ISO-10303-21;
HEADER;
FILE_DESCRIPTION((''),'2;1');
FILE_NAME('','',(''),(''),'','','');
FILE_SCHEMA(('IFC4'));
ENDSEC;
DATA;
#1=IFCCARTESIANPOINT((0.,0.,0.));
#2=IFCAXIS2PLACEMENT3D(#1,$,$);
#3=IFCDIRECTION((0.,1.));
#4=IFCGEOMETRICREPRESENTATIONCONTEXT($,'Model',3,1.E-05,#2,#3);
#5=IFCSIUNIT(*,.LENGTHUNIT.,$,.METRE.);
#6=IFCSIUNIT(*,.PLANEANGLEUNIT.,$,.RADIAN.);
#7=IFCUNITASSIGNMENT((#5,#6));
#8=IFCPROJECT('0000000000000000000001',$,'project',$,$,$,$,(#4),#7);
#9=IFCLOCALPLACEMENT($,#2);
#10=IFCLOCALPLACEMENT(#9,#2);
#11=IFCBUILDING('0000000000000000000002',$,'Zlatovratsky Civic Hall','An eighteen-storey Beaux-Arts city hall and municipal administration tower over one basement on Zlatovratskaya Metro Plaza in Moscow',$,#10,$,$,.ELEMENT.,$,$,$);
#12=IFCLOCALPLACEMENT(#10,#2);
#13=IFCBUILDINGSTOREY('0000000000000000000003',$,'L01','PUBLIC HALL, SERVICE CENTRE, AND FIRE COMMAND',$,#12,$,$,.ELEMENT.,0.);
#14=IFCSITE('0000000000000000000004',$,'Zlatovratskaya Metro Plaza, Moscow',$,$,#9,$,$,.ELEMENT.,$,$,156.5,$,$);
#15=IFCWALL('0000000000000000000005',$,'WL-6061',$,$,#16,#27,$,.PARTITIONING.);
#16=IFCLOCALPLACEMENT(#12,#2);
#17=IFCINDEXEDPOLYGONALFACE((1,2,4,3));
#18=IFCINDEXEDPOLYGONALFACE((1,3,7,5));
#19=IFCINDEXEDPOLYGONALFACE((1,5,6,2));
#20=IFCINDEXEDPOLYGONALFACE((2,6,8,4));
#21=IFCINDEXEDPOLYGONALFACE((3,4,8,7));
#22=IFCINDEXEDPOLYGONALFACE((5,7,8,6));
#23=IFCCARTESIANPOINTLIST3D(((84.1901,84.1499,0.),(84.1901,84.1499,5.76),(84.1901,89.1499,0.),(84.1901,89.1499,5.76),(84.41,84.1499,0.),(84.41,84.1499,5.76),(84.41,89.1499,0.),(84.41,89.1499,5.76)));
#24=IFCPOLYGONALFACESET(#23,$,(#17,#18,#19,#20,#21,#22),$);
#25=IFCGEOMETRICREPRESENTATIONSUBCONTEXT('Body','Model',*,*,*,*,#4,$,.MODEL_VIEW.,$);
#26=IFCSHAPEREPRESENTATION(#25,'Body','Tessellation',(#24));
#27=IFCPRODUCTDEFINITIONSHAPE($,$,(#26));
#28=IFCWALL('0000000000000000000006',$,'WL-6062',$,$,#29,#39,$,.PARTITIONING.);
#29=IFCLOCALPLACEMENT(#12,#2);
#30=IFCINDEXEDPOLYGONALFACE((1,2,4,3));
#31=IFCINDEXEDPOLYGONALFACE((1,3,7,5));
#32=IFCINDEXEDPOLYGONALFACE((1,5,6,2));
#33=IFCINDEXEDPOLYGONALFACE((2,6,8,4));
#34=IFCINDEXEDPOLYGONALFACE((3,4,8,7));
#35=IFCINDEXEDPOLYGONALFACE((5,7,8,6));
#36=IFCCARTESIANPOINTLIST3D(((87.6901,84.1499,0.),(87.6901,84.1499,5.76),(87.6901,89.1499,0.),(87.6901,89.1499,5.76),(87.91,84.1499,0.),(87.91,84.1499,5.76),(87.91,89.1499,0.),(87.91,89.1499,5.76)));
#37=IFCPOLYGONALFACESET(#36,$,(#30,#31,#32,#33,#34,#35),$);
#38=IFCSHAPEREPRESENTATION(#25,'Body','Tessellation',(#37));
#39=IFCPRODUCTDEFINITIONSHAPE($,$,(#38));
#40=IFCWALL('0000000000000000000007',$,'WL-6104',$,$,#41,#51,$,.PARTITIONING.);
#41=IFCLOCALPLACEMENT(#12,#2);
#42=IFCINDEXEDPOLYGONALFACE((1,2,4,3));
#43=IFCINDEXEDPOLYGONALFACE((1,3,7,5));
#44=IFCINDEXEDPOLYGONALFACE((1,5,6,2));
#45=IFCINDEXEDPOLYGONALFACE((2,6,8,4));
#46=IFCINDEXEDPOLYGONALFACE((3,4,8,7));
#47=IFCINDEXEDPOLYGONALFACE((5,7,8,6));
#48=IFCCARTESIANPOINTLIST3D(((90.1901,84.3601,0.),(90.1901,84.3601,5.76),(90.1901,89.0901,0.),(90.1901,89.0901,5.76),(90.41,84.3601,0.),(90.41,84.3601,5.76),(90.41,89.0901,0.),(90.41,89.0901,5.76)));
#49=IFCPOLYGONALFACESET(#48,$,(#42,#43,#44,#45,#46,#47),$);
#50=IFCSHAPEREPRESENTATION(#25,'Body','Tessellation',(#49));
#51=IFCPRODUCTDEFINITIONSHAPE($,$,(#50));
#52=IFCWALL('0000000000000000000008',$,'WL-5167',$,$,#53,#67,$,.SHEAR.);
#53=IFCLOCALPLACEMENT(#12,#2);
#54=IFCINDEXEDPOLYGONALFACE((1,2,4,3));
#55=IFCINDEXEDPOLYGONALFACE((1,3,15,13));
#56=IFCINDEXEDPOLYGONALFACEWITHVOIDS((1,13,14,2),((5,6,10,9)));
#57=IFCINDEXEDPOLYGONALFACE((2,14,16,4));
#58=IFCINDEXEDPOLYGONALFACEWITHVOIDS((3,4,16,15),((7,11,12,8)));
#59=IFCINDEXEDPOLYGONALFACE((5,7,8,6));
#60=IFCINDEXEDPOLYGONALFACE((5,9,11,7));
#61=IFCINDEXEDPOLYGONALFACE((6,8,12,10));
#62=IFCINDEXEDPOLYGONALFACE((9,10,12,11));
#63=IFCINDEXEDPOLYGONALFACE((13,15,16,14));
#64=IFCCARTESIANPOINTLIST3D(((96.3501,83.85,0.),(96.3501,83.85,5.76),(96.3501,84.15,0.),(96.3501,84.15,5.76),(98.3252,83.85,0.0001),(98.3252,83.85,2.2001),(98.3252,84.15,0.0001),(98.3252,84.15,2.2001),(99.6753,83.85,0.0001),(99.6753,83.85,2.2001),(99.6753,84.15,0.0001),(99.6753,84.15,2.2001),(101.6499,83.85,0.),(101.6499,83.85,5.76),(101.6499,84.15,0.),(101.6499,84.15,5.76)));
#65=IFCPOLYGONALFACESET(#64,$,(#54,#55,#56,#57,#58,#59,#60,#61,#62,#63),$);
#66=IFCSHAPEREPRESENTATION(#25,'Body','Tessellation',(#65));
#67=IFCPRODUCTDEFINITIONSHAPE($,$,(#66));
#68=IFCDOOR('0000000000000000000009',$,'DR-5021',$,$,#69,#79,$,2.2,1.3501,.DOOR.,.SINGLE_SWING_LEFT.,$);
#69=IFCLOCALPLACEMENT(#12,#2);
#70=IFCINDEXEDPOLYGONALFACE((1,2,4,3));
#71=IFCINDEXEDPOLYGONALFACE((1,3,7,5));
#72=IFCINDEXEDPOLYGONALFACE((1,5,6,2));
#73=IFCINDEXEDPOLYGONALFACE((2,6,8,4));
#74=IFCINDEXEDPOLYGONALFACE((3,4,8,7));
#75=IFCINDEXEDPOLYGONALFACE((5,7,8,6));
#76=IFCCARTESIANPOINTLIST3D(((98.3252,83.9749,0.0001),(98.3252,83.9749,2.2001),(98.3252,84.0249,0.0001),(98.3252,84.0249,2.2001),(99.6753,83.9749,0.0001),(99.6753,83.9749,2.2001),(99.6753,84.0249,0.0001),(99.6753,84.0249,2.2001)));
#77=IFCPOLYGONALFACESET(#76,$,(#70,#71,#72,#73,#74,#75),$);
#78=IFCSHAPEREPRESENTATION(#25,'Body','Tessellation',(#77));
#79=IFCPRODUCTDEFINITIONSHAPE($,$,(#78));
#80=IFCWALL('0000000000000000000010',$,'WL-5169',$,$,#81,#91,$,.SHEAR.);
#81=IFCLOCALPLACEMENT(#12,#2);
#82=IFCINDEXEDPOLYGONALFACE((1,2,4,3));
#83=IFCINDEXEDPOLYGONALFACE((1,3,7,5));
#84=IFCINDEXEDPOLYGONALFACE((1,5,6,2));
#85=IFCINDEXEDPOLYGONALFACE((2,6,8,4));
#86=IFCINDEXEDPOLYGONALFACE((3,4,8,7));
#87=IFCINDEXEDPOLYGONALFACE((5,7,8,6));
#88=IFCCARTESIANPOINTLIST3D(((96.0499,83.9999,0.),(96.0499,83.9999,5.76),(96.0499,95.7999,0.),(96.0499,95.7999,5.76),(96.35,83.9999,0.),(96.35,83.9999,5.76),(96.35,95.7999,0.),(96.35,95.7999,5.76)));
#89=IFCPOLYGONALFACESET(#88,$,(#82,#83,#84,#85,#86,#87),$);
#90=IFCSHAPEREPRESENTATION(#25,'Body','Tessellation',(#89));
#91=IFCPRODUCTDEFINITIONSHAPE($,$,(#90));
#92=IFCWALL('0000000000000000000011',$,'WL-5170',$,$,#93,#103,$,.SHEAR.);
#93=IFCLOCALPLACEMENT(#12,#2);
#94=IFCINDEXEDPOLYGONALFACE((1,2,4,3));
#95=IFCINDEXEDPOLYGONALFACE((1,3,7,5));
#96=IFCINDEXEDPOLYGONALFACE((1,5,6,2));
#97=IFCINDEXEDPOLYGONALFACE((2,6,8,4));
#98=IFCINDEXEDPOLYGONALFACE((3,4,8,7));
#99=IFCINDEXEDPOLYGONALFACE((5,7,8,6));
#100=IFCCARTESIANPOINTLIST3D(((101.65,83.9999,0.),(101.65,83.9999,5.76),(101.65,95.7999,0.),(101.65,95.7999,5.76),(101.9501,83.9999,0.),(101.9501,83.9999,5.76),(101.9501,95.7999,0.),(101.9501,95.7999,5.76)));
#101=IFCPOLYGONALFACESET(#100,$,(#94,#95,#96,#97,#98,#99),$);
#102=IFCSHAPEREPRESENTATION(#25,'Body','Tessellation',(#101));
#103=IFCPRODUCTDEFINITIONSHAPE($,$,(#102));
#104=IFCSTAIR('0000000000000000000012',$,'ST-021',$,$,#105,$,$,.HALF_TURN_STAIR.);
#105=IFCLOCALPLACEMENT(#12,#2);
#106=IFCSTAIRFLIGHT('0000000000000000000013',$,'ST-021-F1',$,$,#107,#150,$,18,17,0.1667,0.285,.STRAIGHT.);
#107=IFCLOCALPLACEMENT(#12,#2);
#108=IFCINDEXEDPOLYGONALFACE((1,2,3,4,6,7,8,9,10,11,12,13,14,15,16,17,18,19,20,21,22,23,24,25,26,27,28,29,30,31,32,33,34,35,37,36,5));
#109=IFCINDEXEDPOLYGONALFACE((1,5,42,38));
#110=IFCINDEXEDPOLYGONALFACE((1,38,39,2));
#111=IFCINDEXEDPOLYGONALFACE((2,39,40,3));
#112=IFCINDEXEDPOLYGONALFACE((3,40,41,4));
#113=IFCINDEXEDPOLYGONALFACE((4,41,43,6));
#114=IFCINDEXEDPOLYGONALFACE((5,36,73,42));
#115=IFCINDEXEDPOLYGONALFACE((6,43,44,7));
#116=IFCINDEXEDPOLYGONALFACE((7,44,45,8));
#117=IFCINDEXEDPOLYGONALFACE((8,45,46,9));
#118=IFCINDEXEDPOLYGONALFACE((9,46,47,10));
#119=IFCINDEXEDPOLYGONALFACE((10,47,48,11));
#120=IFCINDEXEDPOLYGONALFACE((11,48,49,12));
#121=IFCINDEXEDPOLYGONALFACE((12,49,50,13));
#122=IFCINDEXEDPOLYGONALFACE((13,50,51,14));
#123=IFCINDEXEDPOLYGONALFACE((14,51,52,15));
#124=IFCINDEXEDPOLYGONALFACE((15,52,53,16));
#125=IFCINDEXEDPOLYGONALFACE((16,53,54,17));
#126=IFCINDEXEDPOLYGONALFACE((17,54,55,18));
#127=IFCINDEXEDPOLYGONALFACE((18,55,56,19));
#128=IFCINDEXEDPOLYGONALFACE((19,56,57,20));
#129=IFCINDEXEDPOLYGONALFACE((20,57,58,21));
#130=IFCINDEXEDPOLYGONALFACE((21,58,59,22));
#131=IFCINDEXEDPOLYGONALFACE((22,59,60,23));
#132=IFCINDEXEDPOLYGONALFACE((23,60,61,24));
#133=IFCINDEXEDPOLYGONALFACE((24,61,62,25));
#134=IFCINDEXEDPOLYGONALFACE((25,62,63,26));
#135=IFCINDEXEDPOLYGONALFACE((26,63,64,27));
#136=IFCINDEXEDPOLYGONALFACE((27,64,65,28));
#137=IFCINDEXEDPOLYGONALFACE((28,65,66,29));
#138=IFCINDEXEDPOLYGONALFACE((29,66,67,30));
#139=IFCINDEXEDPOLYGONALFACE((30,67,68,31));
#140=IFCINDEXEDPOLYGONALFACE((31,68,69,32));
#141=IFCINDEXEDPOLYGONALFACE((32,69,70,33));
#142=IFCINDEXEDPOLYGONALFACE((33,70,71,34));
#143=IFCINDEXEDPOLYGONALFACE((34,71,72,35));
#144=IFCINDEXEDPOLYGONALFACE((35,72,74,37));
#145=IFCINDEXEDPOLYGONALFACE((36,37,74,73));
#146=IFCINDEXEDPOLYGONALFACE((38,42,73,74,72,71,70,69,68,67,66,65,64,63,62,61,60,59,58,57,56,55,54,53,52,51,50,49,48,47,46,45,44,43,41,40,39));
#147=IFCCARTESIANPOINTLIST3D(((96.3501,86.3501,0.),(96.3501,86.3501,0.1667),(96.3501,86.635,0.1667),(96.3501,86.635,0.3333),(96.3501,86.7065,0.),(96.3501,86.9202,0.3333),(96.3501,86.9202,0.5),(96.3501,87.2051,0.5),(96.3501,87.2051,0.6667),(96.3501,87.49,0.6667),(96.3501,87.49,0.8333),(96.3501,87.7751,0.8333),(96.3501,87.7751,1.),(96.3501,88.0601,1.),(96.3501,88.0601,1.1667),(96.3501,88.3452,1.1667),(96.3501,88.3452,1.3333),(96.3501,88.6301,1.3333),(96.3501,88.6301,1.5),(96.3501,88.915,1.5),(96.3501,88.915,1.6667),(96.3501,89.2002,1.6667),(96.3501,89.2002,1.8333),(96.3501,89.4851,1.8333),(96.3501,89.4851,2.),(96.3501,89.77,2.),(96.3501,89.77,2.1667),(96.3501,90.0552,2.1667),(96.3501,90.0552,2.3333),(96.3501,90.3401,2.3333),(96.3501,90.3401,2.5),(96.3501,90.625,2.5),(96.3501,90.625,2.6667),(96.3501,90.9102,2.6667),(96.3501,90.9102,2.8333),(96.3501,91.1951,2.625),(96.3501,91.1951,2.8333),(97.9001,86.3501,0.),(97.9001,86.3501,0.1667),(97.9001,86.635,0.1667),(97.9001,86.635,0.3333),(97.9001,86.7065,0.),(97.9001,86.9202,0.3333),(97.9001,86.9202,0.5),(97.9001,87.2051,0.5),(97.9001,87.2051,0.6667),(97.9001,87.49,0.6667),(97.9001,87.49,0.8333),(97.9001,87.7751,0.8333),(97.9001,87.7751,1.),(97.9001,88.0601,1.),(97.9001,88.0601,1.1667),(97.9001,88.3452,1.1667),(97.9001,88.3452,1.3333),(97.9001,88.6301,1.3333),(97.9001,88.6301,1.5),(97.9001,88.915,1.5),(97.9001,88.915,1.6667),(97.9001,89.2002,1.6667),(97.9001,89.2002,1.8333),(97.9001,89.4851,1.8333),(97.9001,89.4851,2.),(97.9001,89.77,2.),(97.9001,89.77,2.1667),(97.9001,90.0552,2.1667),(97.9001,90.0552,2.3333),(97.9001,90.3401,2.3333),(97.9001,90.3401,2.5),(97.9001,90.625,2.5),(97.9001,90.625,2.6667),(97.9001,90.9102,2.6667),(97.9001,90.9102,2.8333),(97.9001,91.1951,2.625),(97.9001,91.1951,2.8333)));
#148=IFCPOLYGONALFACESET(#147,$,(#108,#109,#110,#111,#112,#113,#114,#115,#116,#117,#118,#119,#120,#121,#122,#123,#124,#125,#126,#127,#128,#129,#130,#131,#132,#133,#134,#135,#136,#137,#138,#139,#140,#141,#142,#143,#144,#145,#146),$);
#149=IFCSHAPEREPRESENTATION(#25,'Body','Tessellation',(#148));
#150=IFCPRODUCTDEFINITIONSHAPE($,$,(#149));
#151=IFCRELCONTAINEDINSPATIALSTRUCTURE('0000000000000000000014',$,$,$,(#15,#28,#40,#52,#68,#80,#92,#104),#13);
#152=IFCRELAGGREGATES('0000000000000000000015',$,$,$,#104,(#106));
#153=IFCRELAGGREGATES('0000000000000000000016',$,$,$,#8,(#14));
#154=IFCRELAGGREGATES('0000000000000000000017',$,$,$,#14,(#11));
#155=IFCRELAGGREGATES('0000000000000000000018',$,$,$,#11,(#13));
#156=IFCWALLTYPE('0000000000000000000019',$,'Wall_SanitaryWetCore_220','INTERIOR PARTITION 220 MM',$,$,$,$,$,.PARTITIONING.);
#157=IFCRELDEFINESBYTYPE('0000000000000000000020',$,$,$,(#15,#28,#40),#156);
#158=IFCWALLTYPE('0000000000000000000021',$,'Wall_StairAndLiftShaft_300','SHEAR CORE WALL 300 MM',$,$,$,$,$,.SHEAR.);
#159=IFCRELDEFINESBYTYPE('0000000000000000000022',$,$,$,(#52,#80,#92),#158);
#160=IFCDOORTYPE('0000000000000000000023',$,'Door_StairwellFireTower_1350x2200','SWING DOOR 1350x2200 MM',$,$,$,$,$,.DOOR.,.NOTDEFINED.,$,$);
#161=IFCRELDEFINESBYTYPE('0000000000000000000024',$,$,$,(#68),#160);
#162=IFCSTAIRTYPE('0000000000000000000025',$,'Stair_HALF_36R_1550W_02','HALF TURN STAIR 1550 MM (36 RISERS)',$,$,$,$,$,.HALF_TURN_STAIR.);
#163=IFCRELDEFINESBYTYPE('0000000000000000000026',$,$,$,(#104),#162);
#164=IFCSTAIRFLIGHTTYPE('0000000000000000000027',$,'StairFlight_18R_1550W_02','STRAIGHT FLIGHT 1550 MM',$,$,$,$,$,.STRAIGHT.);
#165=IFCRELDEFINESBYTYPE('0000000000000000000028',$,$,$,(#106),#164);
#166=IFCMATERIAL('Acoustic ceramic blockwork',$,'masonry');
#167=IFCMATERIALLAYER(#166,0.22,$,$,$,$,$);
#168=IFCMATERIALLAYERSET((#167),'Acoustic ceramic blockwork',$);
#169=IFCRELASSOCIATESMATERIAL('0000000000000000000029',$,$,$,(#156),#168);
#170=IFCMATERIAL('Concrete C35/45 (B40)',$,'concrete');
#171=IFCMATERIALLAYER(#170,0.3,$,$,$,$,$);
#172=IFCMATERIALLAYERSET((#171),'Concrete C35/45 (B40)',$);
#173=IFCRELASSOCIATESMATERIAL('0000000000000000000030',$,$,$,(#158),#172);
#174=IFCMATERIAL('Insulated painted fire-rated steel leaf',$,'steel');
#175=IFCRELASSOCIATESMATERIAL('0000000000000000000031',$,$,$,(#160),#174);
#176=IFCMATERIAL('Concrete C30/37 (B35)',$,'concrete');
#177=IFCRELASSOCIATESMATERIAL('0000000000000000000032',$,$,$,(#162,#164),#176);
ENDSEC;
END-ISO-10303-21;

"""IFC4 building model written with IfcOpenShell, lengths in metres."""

from ifc_helpers import new_model, si_unit, direction, frame, frame_2d, origin, place, context, subcontext, project, spatial, polyline, rectangle, outline, extrude, material, layer, layer_set, type_object, element, fill, aggregate, save


model = new_model("IFC4")

# Units and contexts
model_context = context("Model", 3, precision=1e-05, world=origin(), true_north=direction((0.0, 1.0)))
body_context = subcontext(model_context, "Body", "Model", "MODEL_VIEW")
ifc_project = project(units=[si_unit("LENGTHUNIT", "METRE"), si_unit("PLANEANGLEUNIT", "RADIAN")], contexts=[model_context])

# Site, building, storey
site_placement = place(None, origin())
site = spatial("IfcSite", under=ifc_project, at=site_placement, Name="Zlatovratskaya Metro Plaza, Moscow", CompositionType="ELEMENT", RefElevation=156.5)
building_placement = place(site_placement, origin())
building = spatial("IfcBuilding", under=site, at=building_placement, Name="Zlatovratsky Civic Hall", Description="An eighteen-storey Beaux-Arts city hall and municipal administration tower over one basement on Zlatovratskaya Metro Plaza in Moscow", CompositionType="ELEMENT")
storey_placement = place(building_placement, origin())
storey = spatial("IfcBuildingStorey", under=building, at=storey_placement, Name="L01", Description="PUBLIC HALL, SERVICE CENTRE, AND FIRE COMMAND", CompositionType="ELEMENT", Elevation=0.0)

# Shared definitions
ifc_material_1 = material(Name="Concrete C35/45 (B40)", Category="concrete")

# Shared definitions
ifc_material_2 = material(Name="Acoustic ceramic blockwork", Category="masonry")
ifc_layer_1 = layer(ifc_material_2, 0.22)
ifc_layer_set_1 = layer_set([ifc_layer_1], Name="Acoustic ceramic blockwork")
wall_type_1 = type_object("IfcWallType", Name="Wall_SanitaryWetCore_220", Description="INTERIOR PARTITION 220 MM", PredefinedType="PARTITIONING", material=ifc_layer_set_1)

# Walls
for number, where, z_axis, x_axis, name in (
    (1, (84.3, 84.1499, 0.0), (0.0, 0.0, 1.0), (0.0, 1.0, 0.0), "WL-6061"),
    (2, (87.8, 84.1499, 0.0), (0.0, 0.0, 1.0), (0.0, 1.0, 0.0), "WL-6062"),
):
    element("IfcWall", number, at=place(storey_placement, frame(where, z_axis=z_axis, x_axis=x_axis)), inside=storey, type_object=wall_type_1, Name=name, PredefinedType="PARTITIONING", context=body_context, shape_type="SweptSolid", body=[
        extrude(rectangle(XDim=5.0, YDim=0.22, at=frame_2d((2.5, 0.0))), origin(), (0.0, 0.0, 1.0), 5.76),
    ])

# Shared definitions
ifc_material_3 = material(Name="Insulated painted fire-rated steel leaf", Category="steel")

# Wall
wall_1_placement = place(storey_placement, frame((90.3, 84.3601, 0.0), z_axis=(0.0, 0.0, 1.0), x_axis=(0.0, 1.0, 0.0)))
element("IfcWall", 3, at=wall_1_placement, inside=storey, type_object=wall_type_1, Name="WL-6104", PredefinedType="PARTITIONING", context=body_context, shape_type="SweptSolid", body=[
    extrude(rectangle(XDim=4.73, YDim=0.22, at=frame_2d((2.365, 0.0))), origin(), (0.0, 0.0, 1.0), 5.76),
])

# Wall, opening, door
ifc_layer_2 = layer(ifc_material_1, 0.3)
ifc_layer_set_2 = layer_set([ifc_layer_2], Name="Concrete C35/45 (B40)")
wall_type_2 = type_object("IfcWallType", Name="Wall_StairAndLiftShaft_300", Description="SHEAR CORE WALL 300 MM", PredefinedType="SHEAR", material=ifc_layer_set_2)
wall_2_placement = place(storey_placement, frame((96.3501, 84.0, 0.0), z_axis=(0.0, 0.0, 1.0), x_axis=(1.0, 0.0, 0.0)))
wall_2 = element("IfcWall", 4, at=wall_2_placement, inside=storey, type_object=wall_type_2, Name="WL-5167", PredefinedType="SHEAR", context=body_context, shape_type="SweptSolid", body=[
    extrude(rectangle(XDim=5.2998, YDim=0.3, at=frame_2d((2.6499, 0.0))), origin(), (0.0, 0.0, 1.0), 5.76),
])
opening_1_placement = place(wall_2_placement, frame((1.9751, 0.0, 0.0)))
opening_1 = element("IfcOpeningElement", 5, at=opening_1_placement, cuts=wall_2, PredefinedType="OPENING", context=body_context, shape_type="SweptSolid", body=[
    extrude(rectangle(XDim=1.3501, YDim=2.2, at=frame_2d((0.675, 1.1001))), frame((0.0, 0.165, 0.0), z_axis=(0.0, -1.0, 0.0), x_axis=(1.0, 0.0, 0.0)), (0.0, 0.0, 1.0), 0.3298),
])
door_type_1 = type_object("IfcDoorType", Name="Door_StairwellFireTower_1350x2200", Description="SWING DOOR 1350x2200 MM", OperationType="NOTDEFINED", PredefinedType="DOOR", material=ifc_material_3)
door_1_placement = place(opening_1_placement, origin())
door_1 = element("IfcDoor", 6, at=door_1_placement, inside=storey, type_object=door_type_1, Name="DR-5021", OperationType="SINGLE_SWING_LEFT", OverallHeight=2.2, OverallWidth=1.3501, PredefinedType="DOOR", context=body_context, shape_type="SweptSolid", body=[
    extrude(rectangle(XDim=1.3501, YDim=2.2, at=frame_2d((0.675, 1.1001))), frame((0.0, 0.0249, 0.0), z_axis=(0.0, -1.0, 0.0), x_axis=(1.0, 0.0, 0.0)), (0.0, 0.0, 1.0), 0.05),
])
fill(opening_1, door_1)

# Walls
for number, where, z_axis, x_axis, name in (
    (7, (96.2, 84.0, 0.0), (0.0, 0.0, 1.0), (0.0, 1.0, 0.0), "WL-5169"),
    (8, (101.8, 84.0, 0.0), (0.0, 0.0, 1.0), (0.0, 1.0, 0.0), "WL-5170"),
):
    element("IfcWall", number, at=place(storey_placement, frame(where, z_axis=z_axis, x_axis=x_axis)), inside=storey, type_object=wall_type_2, Name=name, PredefinedType="SHEAR", context=body_context, shape_type="SweptSolid", body=[
        extrude(rectangle(XDim=11.8, YDim=0.3, at=frame_2d((5.8999, 0.0))), origin(), (0.0, 0.0, 1.0), 5.76),
    ])

# Stair, stair flight
ifc_material_4 = material(Name="Concrete C30/37 (B35)", Category="concrete")
stair_type = type_object("IfcStairType", Name="Stair_HALF_36R_1550W_02", Description="HALF TURN STAIR 1550 MM (36 RISERS)", PredefinedType="HALF_TURN_STAIR", material=ifc_material_4)
stair_placement = place(storey_placement, origin())
stair = element("IfcStair", 9, at=stair_placement, inside=storey, type_object=stair_type, Name="ST-021", PredefinedType="HALF_TURN_STAIR")
stair_flight_type = type_object("IfcStairFlightType", Name="StairFlight_18R_1550W_02", Description="STRAIGHT FLIGHT 1550 MM", PredefinedType="STRAIGHT", material=ifc_material_4)
stair_flight_placement = place(storey_placement, frame((97.125, 86.3501, 0.0), z_axis=(0.0, 0.0, 1.0), x_axis=(0.0, 1.0, 0.0)))
stair_flight = element("IfcStairFlight", 10, at=stair_flight_placement, type_object=stair_flight_type, Name="ST-021-F1", NumberOfRisers=18, NumberOfTreads=17, PredefinedType="STRAIGHT", RiserHeight=0.1667, TreadLength=0.285, context=body_context, shape_type="SweptSolid", body=[
    extrude(outline(polyline([(0.0, 0.0), (0.0, 0.1667), (0.2849, 0.1667), (0.2849, 0.3333), (0.5701, 0.3333), (0.5701, 0.5), (0.855, 0.5), (0.855, 0.6667), (1.1399, 0.6667), (1.1399, 0.8333), (1.425, 0.8333), (1.425, 1.0), (1.71, 1.0), (1.71, 1.1667), (1.9951, 1.1667), (1.9951, 1.3333), (2.28, 1.3333), (2.28, 1.5), (2.5649, 1.5), (2.5649, 1.6667), (2.8501, 1.6667), (2.8501, 1.8333), (3.135, 1.8333), (3.135, 2.0), (3.4199, 2.0), (3.4199, 2.1667), (3.7051, 2.1667), (3.7051, 2.3333), (3.99, 2.3333), (3.99, 2.5), (4.2749, 2.5), (4.2749, 2.6667), (4.5601, 2.6667), (4.5601, 2.8333), (4.845, 2.8333), (4.845, 3.0), (4.845, 2.625), (0.3564, 0.0), (0.0, 0.0)])), frame((0.0, 0.7749, 0.0), z_axis=(0.0, -1.0, 0.0), x_axis=(1.0, 0.0, 0.0)), (0.0, 0.0, 1.0), 1.55),
])
aggregate(stair, [stair_flight])

save(model, "model.ifc")
